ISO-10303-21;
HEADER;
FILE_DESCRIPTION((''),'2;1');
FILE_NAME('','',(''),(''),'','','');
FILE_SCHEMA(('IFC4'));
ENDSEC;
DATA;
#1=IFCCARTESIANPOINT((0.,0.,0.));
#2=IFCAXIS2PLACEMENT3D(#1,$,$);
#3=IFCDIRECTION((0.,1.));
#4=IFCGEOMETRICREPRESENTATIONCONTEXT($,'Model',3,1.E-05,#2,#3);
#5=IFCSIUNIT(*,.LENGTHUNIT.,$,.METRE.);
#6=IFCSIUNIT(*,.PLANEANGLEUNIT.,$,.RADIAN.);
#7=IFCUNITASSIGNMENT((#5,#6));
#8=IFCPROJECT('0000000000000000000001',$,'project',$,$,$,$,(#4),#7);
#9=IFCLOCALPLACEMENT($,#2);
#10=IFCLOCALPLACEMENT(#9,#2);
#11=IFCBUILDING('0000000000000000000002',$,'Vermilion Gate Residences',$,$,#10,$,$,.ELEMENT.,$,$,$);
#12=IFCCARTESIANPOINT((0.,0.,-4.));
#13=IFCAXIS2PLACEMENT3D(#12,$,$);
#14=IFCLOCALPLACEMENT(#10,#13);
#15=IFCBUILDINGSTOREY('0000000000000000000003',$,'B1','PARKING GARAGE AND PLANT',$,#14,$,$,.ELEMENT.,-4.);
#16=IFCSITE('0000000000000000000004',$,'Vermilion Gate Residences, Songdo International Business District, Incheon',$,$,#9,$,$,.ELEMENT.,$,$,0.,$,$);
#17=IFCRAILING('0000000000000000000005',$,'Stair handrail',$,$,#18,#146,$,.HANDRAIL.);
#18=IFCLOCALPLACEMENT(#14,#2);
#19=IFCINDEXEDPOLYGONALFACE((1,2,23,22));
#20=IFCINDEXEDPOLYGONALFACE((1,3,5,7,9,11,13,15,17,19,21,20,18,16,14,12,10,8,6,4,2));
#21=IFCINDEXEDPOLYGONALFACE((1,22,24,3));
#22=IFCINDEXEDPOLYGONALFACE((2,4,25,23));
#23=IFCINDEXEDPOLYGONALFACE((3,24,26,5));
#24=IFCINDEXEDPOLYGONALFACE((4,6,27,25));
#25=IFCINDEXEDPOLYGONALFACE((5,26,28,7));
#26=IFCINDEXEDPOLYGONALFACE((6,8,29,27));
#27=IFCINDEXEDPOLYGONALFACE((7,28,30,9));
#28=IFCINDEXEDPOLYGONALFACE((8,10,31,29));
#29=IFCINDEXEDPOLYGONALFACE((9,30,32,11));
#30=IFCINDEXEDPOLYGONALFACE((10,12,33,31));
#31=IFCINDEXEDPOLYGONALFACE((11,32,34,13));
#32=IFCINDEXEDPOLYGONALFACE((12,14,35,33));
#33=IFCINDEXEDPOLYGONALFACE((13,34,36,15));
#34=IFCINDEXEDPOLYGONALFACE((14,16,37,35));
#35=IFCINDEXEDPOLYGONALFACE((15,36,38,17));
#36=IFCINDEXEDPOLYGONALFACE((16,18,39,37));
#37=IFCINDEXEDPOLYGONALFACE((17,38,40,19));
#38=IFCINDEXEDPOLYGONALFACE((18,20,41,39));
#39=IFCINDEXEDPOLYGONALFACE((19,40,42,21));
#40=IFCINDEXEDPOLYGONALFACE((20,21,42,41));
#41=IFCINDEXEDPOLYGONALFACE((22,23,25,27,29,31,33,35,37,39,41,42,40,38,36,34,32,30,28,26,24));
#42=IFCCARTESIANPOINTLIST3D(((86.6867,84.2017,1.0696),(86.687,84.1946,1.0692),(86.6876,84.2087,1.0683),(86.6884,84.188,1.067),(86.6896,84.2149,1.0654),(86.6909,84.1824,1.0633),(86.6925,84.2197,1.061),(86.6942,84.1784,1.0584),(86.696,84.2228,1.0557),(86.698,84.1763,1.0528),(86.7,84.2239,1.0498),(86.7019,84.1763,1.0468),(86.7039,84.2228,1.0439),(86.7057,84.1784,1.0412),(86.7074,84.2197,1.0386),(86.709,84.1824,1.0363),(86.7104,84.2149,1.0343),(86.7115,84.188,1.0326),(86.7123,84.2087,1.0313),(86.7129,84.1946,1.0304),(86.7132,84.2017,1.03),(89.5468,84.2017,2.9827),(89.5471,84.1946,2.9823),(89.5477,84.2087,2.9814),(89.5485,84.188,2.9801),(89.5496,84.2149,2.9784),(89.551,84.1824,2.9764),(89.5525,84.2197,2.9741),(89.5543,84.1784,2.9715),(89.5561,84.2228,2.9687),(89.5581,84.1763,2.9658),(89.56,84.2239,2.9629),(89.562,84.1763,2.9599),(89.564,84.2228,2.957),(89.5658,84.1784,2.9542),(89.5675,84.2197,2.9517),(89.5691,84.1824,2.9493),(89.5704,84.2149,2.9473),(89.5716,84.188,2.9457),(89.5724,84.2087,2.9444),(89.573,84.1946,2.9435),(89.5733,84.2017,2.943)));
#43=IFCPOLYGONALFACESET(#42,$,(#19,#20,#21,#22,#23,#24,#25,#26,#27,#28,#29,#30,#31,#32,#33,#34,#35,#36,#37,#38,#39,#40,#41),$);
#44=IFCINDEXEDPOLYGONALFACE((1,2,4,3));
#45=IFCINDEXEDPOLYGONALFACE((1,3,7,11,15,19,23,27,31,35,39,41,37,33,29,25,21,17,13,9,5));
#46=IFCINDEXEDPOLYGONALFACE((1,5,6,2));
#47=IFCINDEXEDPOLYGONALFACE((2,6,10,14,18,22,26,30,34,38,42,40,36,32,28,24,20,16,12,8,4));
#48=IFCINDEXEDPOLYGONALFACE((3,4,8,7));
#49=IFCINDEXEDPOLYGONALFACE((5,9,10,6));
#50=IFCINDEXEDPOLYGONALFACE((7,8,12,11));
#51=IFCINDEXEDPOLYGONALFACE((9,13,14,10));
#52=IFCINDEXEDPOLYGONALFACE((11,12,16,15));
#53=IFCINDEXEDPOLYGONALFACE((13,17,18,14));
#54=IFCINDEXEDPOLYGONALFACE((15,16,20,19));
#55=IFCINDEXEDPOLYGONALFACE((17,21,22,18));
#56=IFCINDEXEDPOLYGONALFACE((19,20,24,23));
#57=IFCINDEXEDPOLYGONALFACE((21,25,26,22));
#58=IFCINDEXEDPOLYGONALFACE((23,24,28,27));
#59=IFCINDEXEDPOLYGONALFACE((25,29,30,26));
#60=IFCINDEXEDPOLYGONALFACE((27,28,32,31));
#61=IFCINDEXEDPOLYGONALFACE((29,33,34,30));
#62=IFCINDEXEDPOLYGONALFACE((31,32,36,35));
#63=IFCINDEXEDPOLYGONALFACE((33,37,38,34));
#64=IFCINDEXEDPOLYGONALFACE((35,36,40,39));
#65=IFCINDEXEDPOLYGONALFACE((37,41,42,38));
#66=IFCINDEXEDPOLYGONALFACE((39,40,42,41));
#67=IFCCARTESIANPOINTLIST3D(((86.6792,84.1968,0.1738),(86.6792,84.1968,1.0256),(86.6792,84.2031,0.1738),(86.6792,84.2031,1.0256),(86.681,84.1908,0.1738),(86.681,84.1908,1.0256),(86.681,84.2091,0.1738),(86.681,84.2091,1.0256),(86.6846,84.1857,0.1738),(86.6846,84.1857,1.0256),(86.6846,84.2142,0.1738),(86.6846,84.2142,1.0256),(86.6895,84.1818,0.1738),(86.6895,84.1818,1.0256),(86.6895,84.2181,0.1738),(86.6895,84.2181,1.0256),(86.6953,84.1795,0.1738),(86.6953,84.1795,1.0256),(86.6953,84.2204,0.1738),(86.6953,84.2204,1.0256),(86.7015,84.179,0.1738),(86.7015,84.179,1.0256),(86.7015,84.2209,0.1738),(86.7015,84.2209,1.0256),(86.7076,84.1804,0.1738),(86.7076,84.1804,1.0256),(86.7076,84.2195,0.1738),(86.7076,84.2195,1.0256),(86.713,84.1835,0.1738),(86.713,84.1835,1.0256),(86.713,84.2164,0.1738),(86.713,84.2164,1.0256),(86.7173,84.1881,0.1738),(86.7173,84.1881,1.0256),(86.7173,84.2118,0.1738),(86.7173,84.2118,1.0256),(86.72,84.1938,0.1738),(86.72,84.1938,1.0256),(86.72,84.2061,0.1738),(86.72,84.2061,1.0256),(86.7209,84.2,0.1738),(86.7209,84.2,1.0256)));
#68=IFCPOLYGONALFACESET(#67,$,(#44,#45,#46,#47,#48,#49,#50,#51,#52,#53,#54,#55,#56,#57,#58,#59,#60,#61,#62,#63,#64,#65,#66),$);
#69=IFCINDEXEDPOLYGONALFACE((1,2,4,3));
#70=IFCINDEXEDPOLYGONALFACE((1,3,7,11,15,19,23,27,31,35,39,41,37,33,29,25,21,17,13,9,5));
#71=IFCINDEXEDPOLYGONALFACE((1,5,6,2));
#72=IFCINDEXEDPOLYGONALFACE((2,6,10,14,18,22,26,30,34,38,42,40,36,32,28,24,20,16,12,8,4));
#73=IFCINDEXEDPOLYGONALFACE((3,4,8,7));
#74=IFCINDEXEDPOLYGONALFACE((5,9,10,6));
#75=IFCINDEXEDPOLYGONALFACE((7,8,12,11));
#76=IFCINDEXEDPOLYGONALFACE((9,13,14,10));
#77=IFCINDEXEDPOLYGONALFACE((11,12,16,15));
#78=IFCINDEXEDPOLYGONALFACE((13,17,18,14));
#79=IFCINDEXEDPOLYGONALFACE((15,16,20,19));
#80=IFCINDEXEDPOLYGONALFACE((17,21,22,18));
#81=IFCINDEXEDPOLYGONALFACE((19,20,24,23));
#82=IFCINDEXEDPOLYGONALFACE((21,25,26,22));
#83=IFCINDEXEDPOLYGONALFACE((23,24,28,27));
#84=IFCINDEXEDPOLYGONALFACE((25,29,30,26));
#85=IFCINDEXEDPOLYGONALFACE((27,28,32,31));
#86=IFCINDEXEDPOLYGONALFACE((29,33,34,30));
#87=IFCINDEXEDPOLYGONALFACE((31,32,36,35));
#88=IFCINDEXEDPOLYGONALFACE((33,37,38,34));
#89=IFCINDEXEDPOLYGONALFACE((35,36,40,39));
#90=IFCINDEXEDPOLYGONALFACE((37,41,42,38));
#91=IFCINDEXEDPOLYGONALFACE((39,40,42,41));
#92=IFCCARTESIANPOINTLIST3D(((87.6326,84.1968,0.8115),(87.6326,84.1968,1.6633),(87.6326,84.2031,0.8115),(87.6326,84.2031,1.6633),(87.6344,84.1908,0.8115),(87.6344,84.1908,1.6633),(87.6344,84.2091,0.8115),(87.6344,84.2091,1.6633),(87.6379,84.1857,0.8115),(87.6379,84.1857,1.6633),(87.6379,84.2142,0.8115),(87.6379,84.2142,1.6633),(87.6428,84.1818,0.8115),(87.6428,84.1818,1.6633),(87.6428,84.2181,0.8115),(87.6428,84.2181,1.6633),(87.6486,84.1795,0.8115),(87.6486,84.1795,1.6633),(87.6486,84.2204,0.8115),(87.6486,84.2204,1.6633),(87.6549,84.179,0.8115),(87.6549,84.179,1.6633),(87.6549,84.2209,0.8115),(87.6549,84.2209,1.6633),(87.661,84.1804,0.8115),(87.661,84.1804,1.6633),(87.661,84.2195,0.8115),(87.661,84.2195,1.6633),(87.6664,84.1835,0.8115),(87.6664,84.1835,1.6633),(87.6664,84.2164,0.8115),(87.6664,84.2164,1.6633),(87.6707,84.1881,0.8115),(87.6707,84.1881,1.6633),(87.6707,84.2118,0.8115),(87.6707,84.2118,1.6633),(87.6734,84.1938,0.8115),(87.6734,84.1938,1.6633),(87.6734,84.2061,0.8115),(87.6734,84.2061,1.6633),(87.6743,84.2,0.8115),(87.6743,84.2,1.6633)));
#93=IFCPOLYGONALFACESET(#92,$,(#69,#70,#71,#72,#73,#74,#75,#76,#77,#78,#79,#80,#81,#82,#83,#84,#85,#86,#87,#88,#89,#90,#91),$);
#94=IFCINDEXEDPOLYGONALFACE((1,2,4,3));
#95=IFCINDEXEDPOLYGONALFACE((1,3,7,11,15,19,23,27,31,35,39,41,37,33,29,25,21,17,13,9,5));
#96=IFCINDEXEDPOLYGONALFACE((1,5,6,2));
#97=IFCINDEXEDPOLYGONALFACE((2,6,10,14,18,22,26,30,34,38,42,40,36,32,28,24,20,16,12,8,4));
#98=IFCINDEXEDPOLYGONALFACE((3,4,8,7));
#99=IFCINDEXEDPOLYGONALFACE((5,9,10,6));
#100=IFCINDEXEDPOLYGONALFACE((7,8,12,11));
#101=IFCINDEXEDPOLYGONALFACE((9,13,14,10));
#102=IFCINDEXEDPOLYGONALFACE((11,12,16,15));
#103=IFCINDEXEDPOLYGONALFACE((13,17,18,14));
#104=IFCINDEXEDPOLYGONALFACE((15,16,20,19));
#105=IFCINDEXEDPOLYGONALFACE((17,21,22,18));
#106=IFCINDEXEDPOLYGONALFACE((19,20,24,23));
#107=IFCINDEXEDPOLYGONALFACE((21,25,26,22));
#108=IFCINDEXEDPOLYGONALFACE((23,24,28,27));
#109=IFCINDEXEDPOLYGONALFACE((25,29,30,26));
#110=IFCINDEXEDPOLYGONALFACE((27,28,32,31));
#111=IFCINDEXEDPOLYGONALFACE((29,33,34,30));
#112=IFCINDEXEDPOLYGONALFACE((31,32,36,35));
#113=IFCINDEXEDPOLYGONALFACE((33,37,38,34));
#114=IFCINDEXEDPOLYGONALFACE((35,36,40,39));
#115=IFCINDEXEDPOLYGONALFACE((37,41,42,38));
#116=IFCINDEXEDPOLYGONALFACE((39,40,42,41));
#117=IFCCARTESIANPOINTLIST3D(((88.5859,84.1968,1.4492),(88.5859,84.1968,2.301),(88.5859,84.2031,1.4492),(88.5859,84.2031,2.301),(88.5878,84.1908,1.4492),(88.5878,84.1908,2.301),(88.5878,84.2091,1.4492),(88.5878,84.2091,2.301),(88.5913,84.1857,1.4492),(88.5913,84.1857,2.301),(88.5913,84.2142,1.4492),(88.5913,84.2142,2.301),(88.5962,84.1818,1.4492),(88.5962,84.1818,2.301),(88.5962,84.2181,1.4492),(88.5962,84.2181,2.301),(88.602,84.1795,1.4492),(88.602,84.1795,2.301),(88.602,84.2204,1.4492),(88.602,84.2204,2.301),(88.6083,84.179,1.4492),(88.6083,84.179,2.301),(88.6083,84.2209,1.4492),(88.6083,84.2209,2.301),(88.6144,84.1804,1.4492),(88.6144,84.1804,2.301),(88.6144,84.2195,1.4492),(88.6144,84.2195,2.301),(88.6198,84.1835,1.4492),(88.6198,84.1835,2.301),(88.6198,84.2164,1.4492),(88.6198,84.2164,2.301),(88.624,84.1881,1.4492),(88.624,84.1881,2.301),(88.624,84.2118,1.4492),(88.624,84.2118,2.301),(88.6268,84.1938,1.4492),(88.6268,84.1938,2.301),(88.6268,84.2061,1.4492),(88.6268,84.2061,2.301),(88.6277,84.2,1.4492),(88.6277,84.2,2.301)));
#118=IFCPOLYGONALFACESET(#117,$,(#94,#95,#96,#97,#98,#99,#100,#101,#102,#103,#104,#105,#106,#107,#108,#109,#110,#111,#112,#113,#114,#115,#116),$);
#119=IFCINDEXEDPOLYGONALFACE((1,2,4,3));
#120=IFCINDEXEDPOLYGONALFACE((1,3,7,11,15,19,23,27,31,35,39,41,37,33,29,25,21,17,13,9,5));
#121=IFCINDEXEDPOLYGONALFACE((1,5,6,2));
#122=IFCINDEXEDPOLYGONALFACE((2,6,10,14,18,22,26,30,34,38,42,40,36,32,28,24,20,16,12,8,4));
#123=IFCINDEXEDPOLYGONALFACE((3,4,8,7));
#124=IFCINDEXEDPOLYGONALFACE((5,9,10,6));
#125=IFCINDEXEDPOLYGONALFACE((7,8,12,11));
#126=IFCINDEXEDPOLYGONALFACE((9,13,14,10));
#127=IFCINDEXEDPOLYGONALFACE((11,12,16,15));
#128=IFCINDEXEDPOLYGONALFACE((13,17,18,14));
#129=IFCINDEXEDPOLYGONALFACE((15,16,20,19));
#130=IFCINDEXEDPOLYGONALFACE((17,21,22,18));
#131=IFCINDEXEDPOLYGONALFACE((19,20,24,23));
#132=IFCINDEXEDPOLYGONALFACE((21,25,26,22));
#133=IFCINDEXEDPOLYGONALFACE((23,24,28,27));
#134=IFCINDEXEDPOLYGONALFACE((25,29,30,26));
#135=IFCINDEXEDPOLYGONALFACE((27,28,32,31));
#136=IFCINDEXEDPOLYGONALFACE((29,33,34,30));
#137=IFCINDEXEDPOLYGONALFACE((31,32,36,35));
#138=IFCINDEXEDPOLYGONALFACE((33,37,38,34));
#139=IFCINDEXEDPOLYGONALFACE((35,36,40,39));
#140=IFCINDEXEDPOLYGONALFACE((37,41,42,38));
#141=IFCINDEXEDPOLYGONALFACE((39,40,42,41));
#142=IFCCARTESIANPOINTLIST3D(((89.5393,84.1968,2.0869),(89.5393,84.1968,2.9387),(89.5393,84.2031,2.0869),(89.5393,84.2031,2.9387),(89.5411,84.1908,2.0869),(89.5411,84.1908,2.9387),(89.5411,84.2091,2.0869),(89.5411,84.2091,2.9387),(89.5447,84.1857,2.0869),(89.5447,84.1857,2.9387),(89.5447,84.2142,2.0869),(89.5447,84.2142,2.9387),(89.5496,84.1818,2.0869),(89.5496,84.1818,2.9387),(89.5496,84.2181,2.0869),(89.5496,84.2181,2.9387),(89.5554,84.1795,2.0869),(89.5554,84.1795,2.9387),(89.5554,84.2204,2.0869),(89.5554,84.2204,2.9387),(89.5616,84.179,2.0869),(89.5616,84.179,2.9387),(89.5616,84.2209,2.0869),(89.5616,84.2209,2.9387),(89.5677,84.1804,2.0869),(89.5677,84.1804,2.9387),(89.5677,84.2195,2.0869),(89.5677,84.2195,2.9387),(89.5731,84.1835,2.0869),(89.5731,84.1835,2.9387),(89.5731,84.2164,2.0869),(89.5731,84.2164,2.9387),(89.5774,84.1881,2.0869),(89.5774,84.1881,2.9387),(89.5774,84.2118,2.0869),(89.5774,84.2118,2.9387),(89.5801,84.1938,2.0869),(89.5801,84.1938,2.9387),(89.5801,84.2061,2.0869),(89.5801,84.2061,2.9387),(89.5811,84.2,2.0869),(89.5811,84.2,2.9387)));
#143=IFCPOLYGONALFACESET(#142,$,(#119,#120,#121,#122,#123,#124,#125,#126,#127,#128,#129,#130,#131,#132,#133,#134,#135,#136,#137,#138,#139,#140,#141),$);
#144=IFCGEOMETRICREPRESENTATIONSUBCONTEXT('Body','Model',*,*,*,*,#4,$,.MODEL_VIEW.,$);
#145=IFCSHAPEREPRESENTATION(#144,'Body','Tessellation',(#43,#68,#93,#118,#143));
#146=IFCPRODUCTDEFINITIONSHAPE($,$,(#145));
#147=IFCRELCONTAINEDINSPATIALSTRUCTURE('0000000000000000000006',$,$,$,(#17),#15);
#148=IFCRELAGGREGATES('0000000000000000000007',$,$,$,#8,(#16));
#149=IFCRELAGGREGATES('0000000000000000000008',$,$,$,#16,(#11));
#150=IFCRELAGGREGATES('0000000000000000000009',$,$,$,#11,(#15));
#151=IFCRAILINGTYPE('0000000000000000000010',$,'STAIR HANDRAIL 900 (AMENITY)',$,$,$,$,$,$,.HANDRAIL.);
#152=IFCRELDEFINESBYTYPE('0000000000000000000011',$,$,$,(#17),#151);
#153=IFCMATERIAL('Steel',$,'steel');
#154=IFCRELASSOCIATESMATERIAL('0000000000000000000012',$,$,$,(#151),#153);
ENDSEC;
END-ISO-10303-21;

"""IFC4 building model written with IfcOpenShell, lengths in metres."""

from ifc_helpers import new_model, si_unit, direction, frame, origin, origin_2d, place, context, subcontext, project, spatial, circle, extrude, material, type_object, element, save


model = new_model("IFC4")

# Units and contexts
model_context = context("Model", 3, precision=1e-05, world=origin(), true_north=direction((0.0, 1.0)))
body_context = subcontext(model_context, "Body", "Model", "MODEL_VIEW")
ifc_project = project(units=[si_unit("LENGTHUNIT", "METRE"), si_unit("PLANEANGLEUNIT", "RADIAN")], contexts=[model_context])

# Site, building, storey
site_placement = place(None, origin())
site = spatial("IfcSite", under=ifc_project, at=site_placement, Name="Vermilion Gate Residences, Songdo International Business District, Incheon", CompositionType="ELEMENT", RefElevation=0.0)
building_placement = place(site_placement, origin())
building = spatial("IfcBuilding", under=site, at=building_placement, Name="Vermilion Gate Residences", CompositionType="ELEMENT")
storey_placement = place(building_placement, frame((0.0, 0.0, -4.0)))
storey = spatial("IfcBuildingStorey", under=building, at=storey_placement, Name="B1", Description="PARKING GARAGE AND PLANT", CompositionType="ELEMENT", Elevation=-4.0)

# Railing
ifc_material_1 = material(Name="Steel", Category="steel")
railing_type = type_object("IfcRailingType", Name="STAIR HANDRAIL 900 (AMENITY)", PredefinedType="HANDRAIL", material=ifc_material_1)
railing_1_placement = place(storey_placement, frame((86.7, 84.2, 0.1738)))
element("IfcRailing", 1, at=railing_1_placement, inside=storey, type_object=railing_type, Name="Stair handrail", PredefinedType="HANDRAIL", context=body_context, shape_type="SweptSolid", body=[
    extrude(circle(Radius=0.0239, at=origin_2d()), frame((0.0, 0.0, 0.876), z_axis=(0.831198, 0.0, 0.555977), x_axis=(0.0, 1.0, 0.0)), (0.0, 0.0, 1.0), 3.4409),
    extrude(circle(Radius=0.021, at=origin_2d()), origin(), (0.0, 0.0, 1.0), 0.8518),
    extrude(circle(Radius=0.021, at=origin_2d()), frame((0.9534, 0.0, 0.6377)), (0.0, 0.0, 1.0), 0.8518),
    extrude(circle(Radius=0.021, at=origin_2d()), frame((1.9067, 0.0, 1.2754)), (0.0, 0.0, 1.0), 0.8518),
    extrude(circle(Radius=0.021, at=origin_2d()), frame((2.8601, 0.0, 1.9131)), (0.0, 0.0, 1.0), 0.8518),
])

save(model, "model.ifc")
